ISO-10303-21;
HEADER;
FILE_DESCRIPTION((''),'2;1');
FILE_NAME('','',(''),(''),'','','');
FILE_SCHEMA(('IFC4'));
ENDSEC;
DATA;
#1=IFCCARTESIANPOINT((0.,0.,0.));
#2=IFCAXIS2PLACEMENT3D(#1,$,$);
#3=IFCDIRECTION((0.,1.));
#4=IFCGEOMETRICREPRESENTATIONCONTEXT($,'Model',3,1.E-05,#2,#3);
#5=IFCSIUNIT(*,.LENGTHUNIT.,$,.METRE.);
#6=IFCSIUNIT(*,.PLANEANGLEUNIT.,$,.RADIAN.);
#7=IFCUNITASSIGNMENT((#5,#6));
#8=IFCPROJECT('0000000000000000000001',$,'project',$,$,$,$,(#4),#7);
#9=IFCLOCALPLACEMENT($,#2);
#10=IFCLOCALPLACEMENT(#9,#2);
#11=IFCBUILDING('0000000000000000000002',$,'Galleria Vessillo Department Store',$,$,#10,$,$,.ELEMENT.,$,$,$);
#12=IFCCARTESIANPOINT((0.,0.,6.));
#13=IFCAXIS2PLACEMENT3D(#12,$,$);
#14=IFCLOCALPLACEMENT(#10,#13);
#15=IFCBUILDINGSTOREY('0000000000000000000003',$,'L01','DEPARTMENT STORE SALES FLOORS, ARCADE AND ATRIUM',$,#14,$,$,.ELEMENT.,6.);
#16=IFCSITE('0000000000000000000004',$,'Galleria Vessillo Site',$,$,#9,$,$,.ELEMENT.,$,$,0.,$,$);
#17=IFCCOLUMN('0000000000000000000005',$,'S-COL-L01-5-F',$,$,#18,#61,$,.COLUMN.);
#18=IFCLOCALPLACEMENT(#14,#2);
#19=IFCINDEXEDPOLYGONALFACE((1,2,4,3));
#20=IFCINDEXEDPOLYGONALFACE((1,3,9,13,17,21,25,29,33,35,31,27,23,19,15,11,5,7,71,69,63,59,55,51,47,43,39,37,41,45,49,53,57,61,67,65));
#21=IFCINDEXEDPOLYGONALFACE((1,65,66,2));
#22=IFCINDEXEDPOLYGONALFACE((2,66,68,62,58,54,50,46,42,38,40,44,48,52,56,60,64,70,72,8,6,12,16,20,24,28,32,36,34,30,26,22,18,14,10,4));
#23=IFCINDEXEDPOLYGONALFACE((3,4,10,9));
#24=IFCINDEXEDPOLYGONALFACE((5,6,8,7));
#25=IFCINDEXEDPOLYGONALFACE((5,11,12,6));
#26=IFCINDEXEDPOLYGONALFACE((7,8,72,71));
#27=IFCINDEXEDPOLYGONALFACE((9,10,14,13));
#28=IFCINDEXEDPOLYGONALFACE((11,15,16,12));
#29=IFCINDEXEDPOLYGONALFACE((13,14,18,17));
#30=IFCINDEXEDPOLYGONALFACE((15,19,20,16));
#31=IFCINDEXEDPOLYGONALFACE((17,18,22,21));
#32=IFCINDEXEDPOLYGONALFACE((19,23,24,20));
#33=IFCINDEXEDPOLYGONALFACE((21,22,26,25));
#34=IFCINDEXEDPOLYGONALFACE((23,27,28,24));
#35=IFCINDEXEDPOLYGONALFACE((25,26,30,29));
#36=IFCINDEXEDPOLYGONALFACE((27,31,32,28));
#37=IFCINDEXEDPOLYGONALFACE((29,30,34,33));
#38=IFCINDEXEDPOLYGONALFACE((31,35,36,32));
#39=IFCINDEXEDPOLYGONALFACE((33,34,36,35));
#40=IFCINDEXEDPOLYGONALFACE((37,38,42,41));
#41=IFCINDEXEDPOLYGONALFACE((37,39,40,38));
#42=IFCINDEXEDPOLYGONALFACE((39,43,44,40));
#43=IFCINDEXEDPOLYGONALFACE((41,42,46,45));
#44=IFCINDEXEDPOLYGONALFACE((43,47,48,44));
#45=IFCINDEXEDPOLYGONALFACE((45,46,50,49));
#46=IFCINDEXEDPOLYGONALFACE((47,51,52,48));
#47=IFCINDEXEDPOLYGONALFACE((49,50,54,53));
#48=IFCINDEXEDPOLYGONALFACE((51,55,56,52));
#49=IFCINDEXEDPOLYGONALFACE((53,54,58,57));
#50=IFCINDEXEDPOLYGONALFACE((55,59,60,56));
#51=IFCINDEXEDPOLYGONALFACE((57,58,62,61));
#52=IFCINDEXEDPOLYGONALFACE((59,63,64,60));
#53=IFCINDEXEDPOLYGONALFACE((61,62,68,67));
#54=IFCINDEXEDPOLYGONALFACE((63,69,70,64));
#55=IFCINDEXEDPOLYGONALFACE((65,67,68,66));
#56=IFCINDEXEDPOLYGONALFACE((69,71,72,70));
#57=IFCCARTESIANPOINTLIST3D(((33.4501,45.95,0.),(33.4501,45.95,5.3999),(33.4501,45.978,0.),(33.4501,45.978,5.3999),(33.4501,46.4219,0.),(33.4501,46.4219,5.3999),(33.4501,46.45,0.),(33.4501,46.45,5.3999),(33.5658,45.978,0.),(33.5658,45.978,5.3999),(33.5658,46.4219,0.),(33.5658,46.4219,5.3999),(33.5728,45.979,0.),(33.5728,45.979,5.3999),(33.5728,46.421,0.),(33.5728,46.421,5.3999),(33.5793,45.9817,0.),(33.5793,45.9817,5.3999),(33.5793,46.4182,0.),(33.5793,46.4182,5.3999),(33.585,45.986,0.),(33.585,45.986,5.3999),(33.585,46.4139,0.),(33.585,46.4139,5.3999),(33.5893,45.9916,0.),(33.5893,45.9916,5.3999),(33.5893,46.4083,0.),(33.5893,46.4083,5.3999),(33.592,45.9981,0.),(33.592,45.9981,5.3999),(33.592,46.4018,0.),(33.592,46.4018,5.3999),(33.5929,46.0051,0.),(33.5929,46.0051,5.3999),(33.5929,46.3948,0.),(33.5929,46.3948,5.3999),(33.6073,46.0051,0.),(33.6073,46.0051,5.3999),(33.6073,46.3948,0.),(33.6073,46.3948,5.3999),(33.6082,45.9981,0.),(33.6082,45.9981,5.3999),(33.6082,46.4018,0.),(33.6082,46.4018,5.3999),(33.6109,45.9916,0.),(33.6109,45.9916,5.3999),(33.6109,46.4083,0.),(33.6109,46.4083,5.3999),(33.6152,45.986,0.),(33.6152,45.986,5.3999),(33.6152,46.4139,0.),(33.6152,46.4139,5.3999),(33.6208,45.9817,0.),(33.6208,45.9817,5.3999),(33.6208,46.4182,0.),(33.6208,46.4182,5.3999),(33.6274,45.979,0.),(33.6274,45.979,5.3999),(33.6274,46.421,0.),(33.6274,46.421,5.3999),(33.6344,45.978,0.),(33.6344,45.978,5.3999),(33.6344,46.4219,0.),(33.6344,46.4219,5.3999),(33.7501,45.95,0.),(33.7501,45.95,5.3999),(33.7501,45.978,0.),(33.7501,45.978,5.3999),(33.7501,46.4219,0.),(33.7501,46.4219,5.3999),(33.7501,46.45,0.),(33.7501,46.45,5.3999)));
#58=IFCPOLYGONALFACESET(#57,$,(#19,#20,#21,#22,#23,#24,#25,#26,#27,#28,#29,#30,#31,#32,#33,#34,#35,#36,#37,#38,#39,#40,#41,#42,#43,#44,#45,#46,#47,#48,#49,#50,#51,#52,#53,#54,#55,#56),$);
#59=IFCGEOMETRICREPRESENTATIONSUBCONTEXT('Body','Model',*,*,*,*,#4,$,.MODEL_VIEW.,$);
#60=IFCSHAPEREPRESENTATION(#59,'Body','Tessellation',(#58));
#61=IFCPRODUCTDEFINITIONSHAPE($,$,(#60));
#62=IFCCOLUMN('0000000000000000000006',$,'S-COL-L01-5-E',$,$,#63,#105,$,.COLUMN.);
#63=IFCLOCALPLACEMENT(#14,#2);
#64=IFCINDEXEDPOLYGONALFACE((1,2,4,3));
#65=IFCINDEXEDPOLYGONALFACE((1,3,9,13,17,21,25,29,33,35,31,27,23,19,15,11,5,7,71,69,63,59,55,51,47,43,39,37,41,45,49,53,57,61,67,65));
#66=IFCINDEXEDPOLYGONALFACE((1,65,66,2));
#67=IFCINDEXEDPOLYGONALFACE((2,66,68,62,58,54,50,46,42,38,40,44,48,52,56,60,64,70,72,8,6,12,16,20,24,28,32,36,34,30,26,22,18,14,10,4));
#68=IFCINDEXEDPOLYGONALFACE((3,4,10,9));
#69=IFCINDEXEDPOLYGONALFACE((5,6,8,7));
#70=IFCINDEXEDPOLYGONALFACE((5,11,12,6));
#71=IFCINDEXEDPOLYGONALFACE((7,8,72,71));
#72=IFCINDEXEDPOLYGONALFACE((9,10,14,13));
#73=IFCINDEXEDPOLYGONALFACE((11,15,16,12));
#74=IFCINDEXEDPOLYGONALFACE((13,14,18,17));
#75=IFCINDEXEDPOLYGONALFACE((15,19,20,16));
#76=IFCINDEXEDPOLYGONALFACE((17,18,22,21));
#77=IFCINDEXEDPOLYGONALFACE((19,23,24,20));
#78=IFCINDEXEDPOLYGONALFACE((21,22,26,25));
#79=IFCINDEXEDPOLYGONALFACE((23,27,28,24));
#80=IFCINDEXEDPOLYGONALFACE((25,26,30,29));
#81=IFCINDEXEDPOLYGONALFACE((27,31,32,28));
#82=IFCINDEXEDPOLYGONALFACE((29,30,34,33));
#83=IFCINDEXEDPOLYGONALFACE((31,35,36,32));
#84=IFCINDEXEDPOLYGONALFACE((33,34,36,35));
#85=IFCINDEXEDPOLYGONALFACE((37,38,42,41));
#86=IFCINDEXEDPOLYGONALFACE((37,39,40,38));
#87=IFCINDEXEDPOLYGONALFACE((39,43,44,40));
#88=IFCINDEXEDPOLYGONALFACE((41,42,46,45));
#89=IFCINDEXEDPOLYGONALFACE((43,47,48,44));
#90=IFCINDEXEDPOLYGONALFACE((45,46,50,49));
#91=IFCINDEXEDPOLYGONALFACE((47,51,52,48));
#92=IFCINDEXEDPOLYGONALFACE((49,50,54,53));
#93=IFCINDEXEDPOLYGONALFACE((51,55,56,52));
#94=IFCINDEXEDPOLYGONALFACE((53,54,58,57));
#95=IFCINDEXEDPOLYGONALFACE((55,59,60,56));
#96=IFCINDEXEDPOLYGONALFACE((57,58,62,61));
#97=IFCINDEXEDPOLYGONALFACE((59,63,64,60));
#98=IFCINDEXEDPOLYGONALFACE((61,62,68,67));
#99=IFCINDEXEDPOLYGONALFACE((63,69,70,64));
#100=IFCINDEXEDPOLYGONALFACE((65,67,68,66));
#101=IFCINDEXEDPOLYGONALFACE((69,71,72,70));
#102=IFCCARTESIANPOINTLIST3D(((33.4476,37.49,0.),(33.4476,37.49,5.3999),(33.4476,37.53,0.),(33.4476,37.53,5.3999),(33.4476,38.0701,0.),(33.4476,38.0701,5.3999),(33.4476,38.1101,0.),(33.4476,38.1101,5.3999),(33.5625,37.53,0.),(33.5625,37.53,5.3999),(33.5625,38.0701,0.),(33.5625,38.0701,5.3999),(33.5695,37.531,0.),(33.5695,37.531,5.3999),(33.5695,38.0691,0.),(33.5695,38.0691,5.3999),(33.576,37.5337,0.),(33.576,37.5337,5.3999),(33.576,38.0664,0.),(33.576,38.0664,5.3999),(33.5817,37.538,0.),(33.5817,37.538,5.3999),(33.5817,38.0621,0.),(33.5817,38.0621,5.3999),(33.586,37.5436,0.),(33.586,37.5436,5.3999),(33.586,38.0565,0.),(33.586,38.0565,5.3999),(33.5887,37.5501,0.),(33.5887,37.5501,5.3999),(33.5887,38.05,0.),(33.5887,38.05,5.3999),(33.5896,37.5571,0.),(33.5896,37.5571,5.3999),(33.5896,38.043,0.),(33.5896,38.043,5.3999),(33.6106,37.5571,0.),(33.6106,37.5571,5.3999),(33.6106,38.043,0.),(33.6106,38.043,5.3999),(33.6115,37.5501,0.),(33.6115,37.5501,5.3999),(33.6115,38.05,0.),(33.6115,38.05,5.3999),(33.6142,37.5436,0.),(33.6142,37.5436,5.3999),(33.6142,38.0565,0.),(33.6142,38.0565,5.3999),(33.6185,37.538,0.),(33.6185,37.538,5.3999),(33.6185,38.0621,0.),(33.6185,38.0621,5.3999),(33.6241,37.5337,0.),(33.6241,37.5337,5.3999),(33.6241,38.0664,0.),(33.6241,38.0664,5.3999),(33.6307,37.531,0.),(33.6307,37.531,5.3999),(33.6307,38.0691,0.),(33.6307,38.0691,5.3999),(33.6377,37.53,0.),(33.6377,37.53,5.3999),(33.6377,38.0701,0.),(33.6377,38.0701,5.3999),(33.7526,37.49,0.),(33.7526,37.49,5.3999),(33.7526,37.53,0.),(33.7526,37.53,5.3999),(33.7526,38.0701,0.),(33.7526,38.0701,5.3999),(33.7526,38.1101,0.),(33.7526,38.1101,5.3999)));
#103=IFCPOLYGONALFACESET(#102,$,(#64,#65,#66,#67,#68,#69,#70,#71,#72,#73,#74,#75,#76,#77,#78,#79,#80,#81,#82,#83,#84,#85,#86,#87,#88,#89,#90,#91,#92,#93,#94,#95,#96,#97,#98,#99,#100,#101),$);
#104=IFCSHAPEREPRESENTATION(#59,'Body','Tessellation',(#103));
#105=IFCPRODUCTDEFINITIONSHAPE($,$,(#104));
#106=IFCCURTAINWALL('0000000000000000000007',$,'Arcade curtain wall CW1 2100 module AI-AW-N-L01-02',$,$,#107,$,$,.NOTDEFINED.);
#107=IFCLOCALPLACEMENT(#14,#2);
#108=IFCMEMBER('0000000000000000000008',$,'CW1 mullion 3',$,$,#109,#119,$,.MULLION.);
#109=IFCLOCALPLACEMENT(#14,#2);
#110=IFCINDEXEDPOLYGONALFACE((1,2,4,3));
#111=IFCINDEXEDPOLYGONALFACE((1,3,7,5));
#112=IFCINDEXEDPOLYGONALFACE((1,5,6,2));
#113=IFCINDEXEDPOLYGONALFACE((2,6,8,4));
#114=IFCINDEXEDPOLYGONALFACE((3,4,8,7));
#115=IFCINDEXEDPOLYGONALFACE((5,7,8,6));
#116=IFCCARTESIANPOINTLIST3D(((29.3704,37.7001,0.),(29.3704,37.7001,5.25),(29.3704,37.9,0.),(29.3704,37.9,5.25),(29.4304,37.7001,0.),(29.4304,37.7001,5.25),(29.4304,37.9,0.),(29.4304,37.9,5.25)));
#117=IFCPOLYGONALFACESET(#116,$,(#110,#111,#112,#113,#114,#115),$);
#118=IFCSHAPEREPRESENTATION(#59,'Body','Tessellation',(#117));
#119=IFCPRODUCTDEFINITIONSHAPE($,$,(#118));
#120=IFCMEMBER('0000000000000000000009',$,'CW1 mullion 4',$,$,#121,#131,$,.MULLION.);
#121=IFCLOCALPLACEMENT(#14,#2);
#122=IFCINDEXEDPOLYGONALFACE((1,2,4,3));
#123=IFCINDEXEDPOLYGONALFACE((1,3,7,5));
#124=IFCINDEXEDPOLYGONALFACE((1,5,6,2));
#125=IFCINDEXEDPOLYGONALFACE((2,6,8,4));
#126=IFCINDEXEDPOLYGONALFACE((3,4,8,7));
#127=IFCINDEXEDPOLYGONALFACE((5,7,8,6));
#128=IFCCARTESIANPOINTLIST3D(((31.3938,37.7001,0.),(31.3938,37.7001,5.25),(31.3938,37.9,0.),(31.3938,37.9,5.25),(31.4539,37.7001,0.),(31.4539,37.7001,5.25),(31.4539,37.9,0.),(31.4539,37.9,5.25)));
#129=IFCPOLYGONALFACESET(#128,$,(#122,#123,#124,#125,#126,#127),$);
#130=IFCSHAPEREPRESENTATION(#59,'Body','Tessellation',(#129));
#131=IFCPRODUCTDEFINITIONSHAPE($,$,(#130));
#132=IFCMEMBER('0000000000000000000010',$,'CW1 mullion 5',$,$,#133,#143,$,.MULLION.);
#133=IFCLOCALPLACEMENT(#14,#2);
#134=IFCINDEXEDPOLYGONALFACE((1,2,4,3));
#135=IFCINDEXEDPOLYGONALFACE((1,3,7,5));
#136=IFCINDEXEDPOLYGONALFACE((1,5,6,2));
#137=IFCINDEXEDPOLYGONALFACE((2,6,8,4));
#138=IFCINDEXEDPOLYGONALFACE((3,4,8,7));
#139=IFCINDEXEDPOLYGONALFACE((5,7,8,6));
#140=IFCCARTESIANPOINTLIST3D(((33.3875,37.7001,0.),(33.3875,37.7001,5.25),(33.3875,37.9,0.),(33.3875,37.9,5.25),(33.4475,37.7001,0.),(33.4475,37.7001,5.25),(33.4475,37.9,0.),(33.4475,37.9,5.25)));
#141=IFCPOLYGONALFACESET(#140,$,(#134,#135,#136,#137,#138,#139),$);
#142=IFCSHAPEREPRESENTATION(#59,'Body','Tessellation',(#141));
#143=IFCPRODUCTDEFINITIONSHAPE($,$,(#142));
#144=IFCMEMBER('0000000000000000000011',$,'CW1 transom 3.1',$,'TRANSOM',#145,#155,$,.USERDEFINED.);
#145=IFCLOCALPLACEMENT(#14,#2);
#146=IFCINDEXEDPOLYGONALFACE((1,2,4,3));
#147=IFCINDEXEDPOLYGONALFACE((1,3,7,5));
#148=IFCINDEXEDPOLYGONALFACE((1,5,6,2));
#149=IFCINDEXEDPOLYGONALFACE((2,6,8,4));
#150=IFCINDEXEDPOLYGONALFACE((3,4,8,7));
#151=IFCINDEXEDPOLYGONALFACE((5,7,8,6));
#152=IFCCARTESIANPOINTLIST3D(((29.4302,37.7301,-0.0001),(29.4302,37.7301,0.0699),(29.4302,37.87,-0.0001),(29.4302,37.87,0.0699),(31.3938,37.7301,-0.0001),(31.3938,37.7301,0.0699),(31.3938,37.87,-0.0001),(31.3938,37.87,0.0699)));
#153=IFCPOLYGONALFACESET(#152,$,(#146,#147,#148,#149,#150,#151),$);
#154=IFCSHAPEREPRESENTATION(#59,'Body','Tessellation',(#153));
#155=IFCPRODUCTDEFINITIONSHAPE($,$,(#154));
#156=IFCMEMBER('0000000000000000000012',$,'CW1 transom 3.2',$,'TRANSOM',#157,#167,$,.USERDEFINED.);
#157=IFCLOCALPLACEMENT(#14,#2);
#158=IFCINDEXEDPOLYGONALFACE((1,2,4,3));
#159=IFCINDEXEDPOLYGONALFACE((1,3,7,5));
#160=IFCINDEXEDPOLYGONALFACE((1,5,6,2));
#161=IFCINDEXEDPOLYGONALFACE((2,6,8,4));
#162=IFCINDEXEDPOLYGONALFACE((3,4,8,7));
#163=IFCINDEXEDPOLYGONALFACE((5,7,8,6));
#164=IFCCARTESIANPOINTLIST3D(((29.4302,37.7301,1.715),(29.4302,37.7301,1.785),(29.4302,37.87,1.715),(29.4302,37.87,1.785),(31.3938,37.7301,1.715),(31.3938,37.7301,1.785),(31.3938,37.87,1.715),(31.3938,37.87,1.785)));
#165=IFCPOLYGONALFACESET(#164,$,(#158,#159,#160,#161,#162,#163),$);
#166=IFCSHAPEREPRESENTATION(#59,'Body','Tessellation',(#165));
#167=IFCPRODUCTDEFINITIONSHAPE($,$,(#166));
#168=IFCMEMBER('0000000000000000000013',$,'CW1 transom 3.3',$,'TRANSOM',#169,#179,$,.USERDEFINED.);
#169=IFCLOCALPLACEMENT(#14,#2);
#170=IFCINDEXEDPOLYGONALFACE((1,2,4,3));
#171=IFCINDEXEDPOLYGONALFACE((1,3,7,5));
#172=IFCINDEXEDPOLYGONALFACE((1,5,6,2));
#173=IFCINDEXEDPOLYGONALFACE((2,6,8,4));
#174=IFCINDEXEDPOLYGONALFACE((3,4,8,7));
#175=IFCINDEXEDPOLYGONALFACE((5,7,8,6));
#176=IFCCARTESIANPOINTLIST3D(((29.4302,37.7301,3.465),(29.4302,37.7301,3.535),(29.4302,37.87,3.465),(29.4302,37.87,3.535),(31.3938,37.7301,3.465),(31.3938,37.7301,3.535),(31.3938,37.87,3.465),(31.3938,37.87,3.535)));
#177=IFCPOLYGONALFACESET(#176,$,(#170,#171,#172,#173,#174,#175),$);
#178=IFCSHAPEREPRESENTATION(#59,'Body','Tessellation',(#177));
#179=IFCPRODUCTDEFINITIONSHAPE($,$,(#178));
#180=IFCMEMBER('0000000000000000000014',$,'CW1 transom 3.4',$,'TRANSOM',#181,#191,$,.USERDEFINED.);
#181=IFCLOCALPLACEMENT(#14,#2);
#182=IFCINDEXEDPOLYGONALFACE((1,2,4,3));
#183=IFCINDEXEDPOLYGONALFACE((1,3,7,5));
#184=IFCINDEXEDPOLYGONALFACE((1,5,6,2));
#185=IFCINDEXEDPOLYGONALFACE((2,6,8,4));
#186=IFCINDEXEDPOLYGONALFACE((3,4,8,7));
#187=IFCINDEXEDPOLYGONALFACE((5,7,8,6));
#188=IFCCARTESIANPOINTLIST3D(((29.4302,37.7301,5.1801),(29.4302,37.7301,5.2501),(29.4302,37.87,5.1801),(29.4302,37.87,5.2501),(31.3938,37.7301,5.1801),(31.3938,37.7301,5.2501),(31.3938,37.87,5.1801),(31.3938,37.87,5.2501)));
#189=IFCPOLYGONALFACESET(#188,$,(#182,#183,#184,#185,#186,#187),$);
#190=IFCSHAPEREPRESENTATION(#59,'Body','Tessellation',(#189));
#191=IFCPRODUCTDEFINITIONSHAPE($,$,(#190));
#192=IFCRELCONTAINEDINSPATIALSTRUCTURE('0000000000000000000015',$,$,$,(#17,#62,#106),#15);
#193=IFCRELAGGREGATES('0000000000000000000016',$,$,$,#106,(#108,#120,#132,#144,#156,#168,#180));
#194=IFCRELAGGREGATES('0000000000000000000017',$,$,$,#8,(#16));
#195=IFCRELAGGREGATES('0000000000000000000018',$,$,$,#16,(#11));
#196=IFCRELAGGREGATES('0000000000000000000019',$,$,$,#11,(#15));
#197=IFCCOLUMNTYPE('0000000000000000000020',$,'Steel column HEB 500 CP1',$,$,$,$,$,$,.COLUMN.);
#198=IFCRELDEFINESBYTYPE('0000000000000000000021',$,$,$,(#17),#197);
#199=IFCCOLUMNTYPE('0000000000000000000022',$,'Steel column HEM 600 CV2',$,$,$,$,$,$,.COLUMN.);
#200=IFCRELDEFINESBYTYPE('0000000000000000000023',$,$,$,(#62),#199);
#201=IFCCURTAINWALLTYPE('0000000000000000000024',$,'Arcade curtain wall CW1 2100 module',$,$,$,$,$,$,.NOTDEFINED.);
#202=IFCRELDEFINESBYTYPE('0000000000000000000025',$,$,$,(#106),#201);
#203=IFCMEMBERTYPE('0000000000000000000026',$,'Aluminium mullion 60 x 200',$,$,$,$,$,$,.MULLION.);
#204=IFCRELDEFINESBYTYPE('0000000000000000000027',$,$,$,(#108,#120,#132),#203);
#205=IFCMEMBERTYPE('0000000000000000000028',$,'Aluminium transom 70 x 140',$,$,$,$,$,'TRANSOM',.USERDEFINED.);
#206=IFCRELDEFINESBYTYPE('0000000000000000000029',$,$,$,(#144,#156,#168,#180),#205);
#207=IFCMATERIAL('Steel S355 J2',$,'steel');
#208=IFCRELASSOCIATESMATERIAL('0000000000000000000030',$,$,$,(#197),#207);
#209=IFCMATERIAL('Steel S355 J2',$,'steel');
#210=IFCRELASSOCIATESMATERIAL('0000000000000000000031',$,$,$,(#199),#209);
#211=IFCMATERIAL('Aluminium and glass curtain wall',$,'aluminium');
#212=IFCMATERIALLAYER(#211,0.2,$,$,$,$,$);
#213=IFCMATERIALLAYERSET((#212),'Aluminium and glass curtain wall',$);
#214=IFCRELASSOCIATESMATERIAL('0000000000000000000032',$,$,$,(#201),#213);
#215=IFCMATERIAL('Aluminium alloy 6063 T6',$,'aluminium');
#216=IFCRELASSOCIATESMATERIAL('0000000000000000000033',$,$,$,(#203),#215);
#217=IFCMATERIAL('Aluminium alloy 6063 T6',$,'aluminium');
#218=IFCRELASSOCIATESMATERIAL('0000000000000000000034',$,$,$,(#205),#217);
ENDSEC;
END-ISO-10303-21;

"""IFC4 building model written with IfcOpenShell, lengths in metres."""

from ifc_helpers import new_model, si_unit, direction, frame, origin, origin_2d, place, context, subcontext, project, spatial, rectangle, i_section, extrude, material, layer, layer_set, material_profile, profile_set, type_object, element, aggregate, save


model = new_model("IFC4")

# Units and contexts
model_context = context("Model", 3, precision=1e-05, world=origin(), true_north=direction((0.0, 1.0)))
body_context = subcontext(model_context, "Body", "Model", "MODEL_VIEW")
ifc_project = project(units=[si_unit("LENGTHUNIT", "METRE"), si_unit("PLANEANGLEUNIT", "RADIAN")], contexts=[model_context])

# Site, building, storey
site_placement = place(None, origin())
site = spatial("IfcSite", under=ifc_project, at=site_placement, Name="Galleria Vessillo Site", CompositionType="ELEMENT", RefElevation=0.0)
building_placement = place(site_placement, origin())
building = spatial("IfcBuilding", under=site, at=building_placement, Name="Galleria Vessillo Department Store", CompositionType="ELEMENT")
storey_placement = place(building_placement, frame((0.0, 0.0, 6.0)))
storey = spatial("IfcBuildingStorey", under=building, at=storey_placement, Name="L01", Description="DEPARTMENT STORE SALES FLOORS, ARCADE AND ATRIUM", CompositionType="ELEMENT", Elevation=6.0)

# Columns
ifc_material_1 = material(Name="Steel S355 J2", Category="steel")
ifc_material_profile_1 = material_profile(ifc_material_1, i_section(OverallWidth=0.3, OverallDepth=0.5, WebThickness=0.0144, FlangeThickness=0.0281, FilletRadius=0.0271, at=origin_2d()), Name="HEB 500")
ifc_profile_set_1 = profile_set([ifc_material_profile_1], Name="Steel S355 J2")
column_type_1 = type_object("IfcColumnType", Name="Steel column HEB 500 CP1", PredefinedType="COLUMN", material=ifc_profile_set_1)
column_1_placement = place(storey_placement, frame((33.6001, 46.2, 0.0), z_axis=(0.0, 0.0, 1.0), x_axis=(1.0, 0.0, 0.0)))
element("IfcColumn", 1, at=column_1_placement, inside=storey, type_object=column_type_1, Name="S-COL-L01-5-F", PredefinedType="COLUMN", context=body_context, shape_type="SweptSolid", body=[
    extrude(i_section(OverallWidth=0.3, OverallDepth=0.5, WebThickness=0.0144, FlangeThickness=0.0281, FilletRadius=0.0271, at=origin_2d()), origin(), (0.0, 0.0, 1.0), 5.3999),
])
ifc_material_2 = material(Name="Steel S355 J2", Category="steel")
ifc_material_profile_2 = material_profile(ifc_material_2, i_section(OverallWidth=0.3049, OverallDepth=0.6201, WebThickness=0.021, FlangeThickness=0.04, FilletRadius=0.0271, at=origin_2d()), Name="HEM 600")
ifc_profile_set_2 = profile_set([ifc_material_profile_2], Name="Steel S355 J2")
column_type_2 = type_object("IfcColumnType", Name="Steel column HEM 600 CV2", PredefinedType="COLUMN", material=ifc_profile_set_2)
column_2_placement = place(storey_placement, frame((33.6001, 37.8, 0.0), z_axis=(0.0, 0.0, 1.0), x_axis=(1.0, 0.0, 0.0)))
element("IfcColumn", 2, at=column_2_placement, inside=storey, type_object=column_type_2, Name="S-COL-L01-5-E", PredefinedType="COLUMN", context=body_context, shape_type="SweptSolid", body=[
    extrude(i_section(OverallWidth=0.3049, OverallDepth=0.6201, WebThickness=0.021, FlangeThickness=0.04, FilletRadius=0.0271, at=origin_2d()), origin(), (0.0, 0.0, 1.0), 5.3999),
])

# Curtain wall, members
ifc_material_3 = material(Name="Aluminium and glass curtain wall", Category="aluminium")
ifc_layer_1 = layer(ifc_material_3, 0.2)
ifc_layer_set_1 = layer_set([ifc_layer_1], Name="Aluminium and glass curtain wall")
curtain_wall_type = type_object("IfcCurtainWallType", Name="Arcade curtain wall CW1 2100 module", PredefinedType="NOTDEFINED", material=ifc_layer_set_1)
curtain_wall_placement = place(storey_placement, origin())
curtain_wall = element("IfcCurtainWall", 3, at=curtain_wall_placement, inside=storey, type_object=curtain_wall_type, Name="Arcade curtain wall CW1 2100 module AI-AW-N-L01-02", PredefinedType="NOTDEFINED")
ifc_material_4 = material(Name="Aluminium alloy 6063 T6", Category="aluminium")
ifc_material_profile_3 = material_profile(ifc_material_4, rectangle(XDim=0.2, YDim=0.0601, at=origin_2d()), Name="AL 60x200")
ifc_profile_set_3 = profile_set([ifc_material_profile_3], Name="Aluminium alloy 6063 T6")
member_type_1 = type_object("IfcMemberType", Name="Aluminium mullion 60 x 200", PredefinedType="MULLION", material=ifc_profile_set_3)
member_1_placement = place(storey_placement, frame((29.4004, 37.8, 0.0), z_axis=(0.0, 0.0, 1.0), x_axis=(0.0, 1.0, 0.0)))
member_1 = element("IfcMember", 4, at=member_1_placement, type_object=member_type_1, Name="CW1 mullion 3", PredefinedType="MULLION", context=body_context, shape_type="SweptSolid", body=[
    extrude(rectangle(XDim=0.2, YDim=0.0601, at=origin_2d()), origin(), (0.0, 0.0, 1.0), 5.25),
])
member_2_placement = place(storey_placement, frame((31.4238, 37.8, 0.0), z_axis=(0.0, 0.0, 1.0), x_axis=(0.0, 1.0, 0.0)))
member_2 = element("IfcMember", 5, at=member_2_placement, type_object=member_type_1, Name="CW1 mullion 4", PredefinedType="MULLION", context=body_context, shape_type="SweptSolid", body=[
    extrude(rectangle(XDim=0.2, YDim=0.0601, at=origin_2d()), origin(), (0.0, 0.0, 1.0), 5.25),
])
member_3_placement = place(storey_placement, frame((33.4175, 37.8, 0.0), z_axis=(0.0, 0.0, 1.0), x_axis=(0.0, 1.0, 0.0)))
member_3 = element("IfcMember", 6, at=member_3_placement, type_object=member_type_1, Name="CW1 mullion 5", PredefinedType="MULLION", context=body_context, shape_type="SweptSolid", body=[
    extrude(rectangle(XDim=0.2, YDim=0.0601, at=origin_2d()), origin(), (0.0, 0.0, 1.0), 5.25),
])
ifc_material_5 = material(Name="Aluminium alloy 6063 T6", Category="aluminium")
ifc_material_profile_4 = material_profile(ifc_material_5, rectangle(XDim=0.1399, YDim=0.0701, at=origin_2d()), Name="AL 70x140")
ifc_profile_set_4 = profile_set([ifc_material_profile_4], Name="Aluminium alloy 6063 T6")
member_type_2 = type_object("IfcMemberType", Name="Aluminium transom 70 x 140", ElementType="TRANSOM", PredefinedType="USERDEFINED", material=ifc_profile_set_4)
member_4_placement = place(storey_placement, frame((29.4302, 37.8, 0.0349), z_axis=(1.0, 0.0, 0.0), x_axis=(0.0, 1.0, 0.0)))
member_4 = element("IfcMember", 7, at=member_4_placement, type_object=member_type_2, Name="CW1 transom 3.1", ObjectType="TRANSOM", PredefinedType="USERDEFINED", context=body_context, shape_type="SweptSolid", body=[
    extrude(rectangle(XDim=0.1399, YDim=0.0701, at=origin_2d()), origin(), (0.0, 0.0, 1.0), 1.9636),
])
member_5_placement = place(storey_placement, frame((29.4302, 37.8, 1.75), z_axis=(1.0, 0.0, 0.0), x_axis=(0.0, 1.0, 0.0)))
member_5 = element("IfcMember", 8, at=member_5_placement, type_object=member_type_2, Name="CW1 transom 3.2", ObjectType="TRANSOM", PredefinedType="USERDEFINED", context=body_context, shape_type="SweptSolid", body=[
    extrude(rectangle(XDim=0.1399, YDim=0.0701, at=origin_2d()), origin(), (0.0, 0.0, 1.0), 1.9636),
])
member_6_placement = place(storey_placement, frame((29.4302, 37.8, 3.5), z_axis=(1.0, 0.0, 0.0), x_axis=(0.0, 1.0, 0.0)))
member_6 = element("IfcMember", 9, at=member_6_placement, type_object=member_type_2, Name="CW1 transom 3.3", ObjectType="TRANSOM", PredefinedType="USERDEFINED", context=body_context, shape_type="SweptSolid", body=[
    extrude(rectangle(XDim=0.1399, YDim=0.0701, at=origin_2d()), origin(), (0.0, 0.0, 1.0), 1.9636),
])
member_7_placement = place(storey_placement, frame((29.4302, 37.8, 5.2151), z_axis=(1.0, 0.0, 0.0), x_axis=(0.0, 1.0, 0.0)))
member_7 = element("IfcMember", 10, at=member_7_placement, type_object=member_type_2, Name="CW1 transom 3.4", ObjectType="TRANSOM", PredefinedType="USERDEFINED", context=body_context, shape_type="SweptSolid", body=[
    extrude(rectangle(XDim=0.1399, YDim=0.0701, at=origin_2d()), origin(), (0.0, 0.0, 1.0), 1.9636),
])

aggregate(curtain_wall, [member_1, member_2, member_3, member_4, member_5, member_6, member_7])

save(model, "model.ifc")
